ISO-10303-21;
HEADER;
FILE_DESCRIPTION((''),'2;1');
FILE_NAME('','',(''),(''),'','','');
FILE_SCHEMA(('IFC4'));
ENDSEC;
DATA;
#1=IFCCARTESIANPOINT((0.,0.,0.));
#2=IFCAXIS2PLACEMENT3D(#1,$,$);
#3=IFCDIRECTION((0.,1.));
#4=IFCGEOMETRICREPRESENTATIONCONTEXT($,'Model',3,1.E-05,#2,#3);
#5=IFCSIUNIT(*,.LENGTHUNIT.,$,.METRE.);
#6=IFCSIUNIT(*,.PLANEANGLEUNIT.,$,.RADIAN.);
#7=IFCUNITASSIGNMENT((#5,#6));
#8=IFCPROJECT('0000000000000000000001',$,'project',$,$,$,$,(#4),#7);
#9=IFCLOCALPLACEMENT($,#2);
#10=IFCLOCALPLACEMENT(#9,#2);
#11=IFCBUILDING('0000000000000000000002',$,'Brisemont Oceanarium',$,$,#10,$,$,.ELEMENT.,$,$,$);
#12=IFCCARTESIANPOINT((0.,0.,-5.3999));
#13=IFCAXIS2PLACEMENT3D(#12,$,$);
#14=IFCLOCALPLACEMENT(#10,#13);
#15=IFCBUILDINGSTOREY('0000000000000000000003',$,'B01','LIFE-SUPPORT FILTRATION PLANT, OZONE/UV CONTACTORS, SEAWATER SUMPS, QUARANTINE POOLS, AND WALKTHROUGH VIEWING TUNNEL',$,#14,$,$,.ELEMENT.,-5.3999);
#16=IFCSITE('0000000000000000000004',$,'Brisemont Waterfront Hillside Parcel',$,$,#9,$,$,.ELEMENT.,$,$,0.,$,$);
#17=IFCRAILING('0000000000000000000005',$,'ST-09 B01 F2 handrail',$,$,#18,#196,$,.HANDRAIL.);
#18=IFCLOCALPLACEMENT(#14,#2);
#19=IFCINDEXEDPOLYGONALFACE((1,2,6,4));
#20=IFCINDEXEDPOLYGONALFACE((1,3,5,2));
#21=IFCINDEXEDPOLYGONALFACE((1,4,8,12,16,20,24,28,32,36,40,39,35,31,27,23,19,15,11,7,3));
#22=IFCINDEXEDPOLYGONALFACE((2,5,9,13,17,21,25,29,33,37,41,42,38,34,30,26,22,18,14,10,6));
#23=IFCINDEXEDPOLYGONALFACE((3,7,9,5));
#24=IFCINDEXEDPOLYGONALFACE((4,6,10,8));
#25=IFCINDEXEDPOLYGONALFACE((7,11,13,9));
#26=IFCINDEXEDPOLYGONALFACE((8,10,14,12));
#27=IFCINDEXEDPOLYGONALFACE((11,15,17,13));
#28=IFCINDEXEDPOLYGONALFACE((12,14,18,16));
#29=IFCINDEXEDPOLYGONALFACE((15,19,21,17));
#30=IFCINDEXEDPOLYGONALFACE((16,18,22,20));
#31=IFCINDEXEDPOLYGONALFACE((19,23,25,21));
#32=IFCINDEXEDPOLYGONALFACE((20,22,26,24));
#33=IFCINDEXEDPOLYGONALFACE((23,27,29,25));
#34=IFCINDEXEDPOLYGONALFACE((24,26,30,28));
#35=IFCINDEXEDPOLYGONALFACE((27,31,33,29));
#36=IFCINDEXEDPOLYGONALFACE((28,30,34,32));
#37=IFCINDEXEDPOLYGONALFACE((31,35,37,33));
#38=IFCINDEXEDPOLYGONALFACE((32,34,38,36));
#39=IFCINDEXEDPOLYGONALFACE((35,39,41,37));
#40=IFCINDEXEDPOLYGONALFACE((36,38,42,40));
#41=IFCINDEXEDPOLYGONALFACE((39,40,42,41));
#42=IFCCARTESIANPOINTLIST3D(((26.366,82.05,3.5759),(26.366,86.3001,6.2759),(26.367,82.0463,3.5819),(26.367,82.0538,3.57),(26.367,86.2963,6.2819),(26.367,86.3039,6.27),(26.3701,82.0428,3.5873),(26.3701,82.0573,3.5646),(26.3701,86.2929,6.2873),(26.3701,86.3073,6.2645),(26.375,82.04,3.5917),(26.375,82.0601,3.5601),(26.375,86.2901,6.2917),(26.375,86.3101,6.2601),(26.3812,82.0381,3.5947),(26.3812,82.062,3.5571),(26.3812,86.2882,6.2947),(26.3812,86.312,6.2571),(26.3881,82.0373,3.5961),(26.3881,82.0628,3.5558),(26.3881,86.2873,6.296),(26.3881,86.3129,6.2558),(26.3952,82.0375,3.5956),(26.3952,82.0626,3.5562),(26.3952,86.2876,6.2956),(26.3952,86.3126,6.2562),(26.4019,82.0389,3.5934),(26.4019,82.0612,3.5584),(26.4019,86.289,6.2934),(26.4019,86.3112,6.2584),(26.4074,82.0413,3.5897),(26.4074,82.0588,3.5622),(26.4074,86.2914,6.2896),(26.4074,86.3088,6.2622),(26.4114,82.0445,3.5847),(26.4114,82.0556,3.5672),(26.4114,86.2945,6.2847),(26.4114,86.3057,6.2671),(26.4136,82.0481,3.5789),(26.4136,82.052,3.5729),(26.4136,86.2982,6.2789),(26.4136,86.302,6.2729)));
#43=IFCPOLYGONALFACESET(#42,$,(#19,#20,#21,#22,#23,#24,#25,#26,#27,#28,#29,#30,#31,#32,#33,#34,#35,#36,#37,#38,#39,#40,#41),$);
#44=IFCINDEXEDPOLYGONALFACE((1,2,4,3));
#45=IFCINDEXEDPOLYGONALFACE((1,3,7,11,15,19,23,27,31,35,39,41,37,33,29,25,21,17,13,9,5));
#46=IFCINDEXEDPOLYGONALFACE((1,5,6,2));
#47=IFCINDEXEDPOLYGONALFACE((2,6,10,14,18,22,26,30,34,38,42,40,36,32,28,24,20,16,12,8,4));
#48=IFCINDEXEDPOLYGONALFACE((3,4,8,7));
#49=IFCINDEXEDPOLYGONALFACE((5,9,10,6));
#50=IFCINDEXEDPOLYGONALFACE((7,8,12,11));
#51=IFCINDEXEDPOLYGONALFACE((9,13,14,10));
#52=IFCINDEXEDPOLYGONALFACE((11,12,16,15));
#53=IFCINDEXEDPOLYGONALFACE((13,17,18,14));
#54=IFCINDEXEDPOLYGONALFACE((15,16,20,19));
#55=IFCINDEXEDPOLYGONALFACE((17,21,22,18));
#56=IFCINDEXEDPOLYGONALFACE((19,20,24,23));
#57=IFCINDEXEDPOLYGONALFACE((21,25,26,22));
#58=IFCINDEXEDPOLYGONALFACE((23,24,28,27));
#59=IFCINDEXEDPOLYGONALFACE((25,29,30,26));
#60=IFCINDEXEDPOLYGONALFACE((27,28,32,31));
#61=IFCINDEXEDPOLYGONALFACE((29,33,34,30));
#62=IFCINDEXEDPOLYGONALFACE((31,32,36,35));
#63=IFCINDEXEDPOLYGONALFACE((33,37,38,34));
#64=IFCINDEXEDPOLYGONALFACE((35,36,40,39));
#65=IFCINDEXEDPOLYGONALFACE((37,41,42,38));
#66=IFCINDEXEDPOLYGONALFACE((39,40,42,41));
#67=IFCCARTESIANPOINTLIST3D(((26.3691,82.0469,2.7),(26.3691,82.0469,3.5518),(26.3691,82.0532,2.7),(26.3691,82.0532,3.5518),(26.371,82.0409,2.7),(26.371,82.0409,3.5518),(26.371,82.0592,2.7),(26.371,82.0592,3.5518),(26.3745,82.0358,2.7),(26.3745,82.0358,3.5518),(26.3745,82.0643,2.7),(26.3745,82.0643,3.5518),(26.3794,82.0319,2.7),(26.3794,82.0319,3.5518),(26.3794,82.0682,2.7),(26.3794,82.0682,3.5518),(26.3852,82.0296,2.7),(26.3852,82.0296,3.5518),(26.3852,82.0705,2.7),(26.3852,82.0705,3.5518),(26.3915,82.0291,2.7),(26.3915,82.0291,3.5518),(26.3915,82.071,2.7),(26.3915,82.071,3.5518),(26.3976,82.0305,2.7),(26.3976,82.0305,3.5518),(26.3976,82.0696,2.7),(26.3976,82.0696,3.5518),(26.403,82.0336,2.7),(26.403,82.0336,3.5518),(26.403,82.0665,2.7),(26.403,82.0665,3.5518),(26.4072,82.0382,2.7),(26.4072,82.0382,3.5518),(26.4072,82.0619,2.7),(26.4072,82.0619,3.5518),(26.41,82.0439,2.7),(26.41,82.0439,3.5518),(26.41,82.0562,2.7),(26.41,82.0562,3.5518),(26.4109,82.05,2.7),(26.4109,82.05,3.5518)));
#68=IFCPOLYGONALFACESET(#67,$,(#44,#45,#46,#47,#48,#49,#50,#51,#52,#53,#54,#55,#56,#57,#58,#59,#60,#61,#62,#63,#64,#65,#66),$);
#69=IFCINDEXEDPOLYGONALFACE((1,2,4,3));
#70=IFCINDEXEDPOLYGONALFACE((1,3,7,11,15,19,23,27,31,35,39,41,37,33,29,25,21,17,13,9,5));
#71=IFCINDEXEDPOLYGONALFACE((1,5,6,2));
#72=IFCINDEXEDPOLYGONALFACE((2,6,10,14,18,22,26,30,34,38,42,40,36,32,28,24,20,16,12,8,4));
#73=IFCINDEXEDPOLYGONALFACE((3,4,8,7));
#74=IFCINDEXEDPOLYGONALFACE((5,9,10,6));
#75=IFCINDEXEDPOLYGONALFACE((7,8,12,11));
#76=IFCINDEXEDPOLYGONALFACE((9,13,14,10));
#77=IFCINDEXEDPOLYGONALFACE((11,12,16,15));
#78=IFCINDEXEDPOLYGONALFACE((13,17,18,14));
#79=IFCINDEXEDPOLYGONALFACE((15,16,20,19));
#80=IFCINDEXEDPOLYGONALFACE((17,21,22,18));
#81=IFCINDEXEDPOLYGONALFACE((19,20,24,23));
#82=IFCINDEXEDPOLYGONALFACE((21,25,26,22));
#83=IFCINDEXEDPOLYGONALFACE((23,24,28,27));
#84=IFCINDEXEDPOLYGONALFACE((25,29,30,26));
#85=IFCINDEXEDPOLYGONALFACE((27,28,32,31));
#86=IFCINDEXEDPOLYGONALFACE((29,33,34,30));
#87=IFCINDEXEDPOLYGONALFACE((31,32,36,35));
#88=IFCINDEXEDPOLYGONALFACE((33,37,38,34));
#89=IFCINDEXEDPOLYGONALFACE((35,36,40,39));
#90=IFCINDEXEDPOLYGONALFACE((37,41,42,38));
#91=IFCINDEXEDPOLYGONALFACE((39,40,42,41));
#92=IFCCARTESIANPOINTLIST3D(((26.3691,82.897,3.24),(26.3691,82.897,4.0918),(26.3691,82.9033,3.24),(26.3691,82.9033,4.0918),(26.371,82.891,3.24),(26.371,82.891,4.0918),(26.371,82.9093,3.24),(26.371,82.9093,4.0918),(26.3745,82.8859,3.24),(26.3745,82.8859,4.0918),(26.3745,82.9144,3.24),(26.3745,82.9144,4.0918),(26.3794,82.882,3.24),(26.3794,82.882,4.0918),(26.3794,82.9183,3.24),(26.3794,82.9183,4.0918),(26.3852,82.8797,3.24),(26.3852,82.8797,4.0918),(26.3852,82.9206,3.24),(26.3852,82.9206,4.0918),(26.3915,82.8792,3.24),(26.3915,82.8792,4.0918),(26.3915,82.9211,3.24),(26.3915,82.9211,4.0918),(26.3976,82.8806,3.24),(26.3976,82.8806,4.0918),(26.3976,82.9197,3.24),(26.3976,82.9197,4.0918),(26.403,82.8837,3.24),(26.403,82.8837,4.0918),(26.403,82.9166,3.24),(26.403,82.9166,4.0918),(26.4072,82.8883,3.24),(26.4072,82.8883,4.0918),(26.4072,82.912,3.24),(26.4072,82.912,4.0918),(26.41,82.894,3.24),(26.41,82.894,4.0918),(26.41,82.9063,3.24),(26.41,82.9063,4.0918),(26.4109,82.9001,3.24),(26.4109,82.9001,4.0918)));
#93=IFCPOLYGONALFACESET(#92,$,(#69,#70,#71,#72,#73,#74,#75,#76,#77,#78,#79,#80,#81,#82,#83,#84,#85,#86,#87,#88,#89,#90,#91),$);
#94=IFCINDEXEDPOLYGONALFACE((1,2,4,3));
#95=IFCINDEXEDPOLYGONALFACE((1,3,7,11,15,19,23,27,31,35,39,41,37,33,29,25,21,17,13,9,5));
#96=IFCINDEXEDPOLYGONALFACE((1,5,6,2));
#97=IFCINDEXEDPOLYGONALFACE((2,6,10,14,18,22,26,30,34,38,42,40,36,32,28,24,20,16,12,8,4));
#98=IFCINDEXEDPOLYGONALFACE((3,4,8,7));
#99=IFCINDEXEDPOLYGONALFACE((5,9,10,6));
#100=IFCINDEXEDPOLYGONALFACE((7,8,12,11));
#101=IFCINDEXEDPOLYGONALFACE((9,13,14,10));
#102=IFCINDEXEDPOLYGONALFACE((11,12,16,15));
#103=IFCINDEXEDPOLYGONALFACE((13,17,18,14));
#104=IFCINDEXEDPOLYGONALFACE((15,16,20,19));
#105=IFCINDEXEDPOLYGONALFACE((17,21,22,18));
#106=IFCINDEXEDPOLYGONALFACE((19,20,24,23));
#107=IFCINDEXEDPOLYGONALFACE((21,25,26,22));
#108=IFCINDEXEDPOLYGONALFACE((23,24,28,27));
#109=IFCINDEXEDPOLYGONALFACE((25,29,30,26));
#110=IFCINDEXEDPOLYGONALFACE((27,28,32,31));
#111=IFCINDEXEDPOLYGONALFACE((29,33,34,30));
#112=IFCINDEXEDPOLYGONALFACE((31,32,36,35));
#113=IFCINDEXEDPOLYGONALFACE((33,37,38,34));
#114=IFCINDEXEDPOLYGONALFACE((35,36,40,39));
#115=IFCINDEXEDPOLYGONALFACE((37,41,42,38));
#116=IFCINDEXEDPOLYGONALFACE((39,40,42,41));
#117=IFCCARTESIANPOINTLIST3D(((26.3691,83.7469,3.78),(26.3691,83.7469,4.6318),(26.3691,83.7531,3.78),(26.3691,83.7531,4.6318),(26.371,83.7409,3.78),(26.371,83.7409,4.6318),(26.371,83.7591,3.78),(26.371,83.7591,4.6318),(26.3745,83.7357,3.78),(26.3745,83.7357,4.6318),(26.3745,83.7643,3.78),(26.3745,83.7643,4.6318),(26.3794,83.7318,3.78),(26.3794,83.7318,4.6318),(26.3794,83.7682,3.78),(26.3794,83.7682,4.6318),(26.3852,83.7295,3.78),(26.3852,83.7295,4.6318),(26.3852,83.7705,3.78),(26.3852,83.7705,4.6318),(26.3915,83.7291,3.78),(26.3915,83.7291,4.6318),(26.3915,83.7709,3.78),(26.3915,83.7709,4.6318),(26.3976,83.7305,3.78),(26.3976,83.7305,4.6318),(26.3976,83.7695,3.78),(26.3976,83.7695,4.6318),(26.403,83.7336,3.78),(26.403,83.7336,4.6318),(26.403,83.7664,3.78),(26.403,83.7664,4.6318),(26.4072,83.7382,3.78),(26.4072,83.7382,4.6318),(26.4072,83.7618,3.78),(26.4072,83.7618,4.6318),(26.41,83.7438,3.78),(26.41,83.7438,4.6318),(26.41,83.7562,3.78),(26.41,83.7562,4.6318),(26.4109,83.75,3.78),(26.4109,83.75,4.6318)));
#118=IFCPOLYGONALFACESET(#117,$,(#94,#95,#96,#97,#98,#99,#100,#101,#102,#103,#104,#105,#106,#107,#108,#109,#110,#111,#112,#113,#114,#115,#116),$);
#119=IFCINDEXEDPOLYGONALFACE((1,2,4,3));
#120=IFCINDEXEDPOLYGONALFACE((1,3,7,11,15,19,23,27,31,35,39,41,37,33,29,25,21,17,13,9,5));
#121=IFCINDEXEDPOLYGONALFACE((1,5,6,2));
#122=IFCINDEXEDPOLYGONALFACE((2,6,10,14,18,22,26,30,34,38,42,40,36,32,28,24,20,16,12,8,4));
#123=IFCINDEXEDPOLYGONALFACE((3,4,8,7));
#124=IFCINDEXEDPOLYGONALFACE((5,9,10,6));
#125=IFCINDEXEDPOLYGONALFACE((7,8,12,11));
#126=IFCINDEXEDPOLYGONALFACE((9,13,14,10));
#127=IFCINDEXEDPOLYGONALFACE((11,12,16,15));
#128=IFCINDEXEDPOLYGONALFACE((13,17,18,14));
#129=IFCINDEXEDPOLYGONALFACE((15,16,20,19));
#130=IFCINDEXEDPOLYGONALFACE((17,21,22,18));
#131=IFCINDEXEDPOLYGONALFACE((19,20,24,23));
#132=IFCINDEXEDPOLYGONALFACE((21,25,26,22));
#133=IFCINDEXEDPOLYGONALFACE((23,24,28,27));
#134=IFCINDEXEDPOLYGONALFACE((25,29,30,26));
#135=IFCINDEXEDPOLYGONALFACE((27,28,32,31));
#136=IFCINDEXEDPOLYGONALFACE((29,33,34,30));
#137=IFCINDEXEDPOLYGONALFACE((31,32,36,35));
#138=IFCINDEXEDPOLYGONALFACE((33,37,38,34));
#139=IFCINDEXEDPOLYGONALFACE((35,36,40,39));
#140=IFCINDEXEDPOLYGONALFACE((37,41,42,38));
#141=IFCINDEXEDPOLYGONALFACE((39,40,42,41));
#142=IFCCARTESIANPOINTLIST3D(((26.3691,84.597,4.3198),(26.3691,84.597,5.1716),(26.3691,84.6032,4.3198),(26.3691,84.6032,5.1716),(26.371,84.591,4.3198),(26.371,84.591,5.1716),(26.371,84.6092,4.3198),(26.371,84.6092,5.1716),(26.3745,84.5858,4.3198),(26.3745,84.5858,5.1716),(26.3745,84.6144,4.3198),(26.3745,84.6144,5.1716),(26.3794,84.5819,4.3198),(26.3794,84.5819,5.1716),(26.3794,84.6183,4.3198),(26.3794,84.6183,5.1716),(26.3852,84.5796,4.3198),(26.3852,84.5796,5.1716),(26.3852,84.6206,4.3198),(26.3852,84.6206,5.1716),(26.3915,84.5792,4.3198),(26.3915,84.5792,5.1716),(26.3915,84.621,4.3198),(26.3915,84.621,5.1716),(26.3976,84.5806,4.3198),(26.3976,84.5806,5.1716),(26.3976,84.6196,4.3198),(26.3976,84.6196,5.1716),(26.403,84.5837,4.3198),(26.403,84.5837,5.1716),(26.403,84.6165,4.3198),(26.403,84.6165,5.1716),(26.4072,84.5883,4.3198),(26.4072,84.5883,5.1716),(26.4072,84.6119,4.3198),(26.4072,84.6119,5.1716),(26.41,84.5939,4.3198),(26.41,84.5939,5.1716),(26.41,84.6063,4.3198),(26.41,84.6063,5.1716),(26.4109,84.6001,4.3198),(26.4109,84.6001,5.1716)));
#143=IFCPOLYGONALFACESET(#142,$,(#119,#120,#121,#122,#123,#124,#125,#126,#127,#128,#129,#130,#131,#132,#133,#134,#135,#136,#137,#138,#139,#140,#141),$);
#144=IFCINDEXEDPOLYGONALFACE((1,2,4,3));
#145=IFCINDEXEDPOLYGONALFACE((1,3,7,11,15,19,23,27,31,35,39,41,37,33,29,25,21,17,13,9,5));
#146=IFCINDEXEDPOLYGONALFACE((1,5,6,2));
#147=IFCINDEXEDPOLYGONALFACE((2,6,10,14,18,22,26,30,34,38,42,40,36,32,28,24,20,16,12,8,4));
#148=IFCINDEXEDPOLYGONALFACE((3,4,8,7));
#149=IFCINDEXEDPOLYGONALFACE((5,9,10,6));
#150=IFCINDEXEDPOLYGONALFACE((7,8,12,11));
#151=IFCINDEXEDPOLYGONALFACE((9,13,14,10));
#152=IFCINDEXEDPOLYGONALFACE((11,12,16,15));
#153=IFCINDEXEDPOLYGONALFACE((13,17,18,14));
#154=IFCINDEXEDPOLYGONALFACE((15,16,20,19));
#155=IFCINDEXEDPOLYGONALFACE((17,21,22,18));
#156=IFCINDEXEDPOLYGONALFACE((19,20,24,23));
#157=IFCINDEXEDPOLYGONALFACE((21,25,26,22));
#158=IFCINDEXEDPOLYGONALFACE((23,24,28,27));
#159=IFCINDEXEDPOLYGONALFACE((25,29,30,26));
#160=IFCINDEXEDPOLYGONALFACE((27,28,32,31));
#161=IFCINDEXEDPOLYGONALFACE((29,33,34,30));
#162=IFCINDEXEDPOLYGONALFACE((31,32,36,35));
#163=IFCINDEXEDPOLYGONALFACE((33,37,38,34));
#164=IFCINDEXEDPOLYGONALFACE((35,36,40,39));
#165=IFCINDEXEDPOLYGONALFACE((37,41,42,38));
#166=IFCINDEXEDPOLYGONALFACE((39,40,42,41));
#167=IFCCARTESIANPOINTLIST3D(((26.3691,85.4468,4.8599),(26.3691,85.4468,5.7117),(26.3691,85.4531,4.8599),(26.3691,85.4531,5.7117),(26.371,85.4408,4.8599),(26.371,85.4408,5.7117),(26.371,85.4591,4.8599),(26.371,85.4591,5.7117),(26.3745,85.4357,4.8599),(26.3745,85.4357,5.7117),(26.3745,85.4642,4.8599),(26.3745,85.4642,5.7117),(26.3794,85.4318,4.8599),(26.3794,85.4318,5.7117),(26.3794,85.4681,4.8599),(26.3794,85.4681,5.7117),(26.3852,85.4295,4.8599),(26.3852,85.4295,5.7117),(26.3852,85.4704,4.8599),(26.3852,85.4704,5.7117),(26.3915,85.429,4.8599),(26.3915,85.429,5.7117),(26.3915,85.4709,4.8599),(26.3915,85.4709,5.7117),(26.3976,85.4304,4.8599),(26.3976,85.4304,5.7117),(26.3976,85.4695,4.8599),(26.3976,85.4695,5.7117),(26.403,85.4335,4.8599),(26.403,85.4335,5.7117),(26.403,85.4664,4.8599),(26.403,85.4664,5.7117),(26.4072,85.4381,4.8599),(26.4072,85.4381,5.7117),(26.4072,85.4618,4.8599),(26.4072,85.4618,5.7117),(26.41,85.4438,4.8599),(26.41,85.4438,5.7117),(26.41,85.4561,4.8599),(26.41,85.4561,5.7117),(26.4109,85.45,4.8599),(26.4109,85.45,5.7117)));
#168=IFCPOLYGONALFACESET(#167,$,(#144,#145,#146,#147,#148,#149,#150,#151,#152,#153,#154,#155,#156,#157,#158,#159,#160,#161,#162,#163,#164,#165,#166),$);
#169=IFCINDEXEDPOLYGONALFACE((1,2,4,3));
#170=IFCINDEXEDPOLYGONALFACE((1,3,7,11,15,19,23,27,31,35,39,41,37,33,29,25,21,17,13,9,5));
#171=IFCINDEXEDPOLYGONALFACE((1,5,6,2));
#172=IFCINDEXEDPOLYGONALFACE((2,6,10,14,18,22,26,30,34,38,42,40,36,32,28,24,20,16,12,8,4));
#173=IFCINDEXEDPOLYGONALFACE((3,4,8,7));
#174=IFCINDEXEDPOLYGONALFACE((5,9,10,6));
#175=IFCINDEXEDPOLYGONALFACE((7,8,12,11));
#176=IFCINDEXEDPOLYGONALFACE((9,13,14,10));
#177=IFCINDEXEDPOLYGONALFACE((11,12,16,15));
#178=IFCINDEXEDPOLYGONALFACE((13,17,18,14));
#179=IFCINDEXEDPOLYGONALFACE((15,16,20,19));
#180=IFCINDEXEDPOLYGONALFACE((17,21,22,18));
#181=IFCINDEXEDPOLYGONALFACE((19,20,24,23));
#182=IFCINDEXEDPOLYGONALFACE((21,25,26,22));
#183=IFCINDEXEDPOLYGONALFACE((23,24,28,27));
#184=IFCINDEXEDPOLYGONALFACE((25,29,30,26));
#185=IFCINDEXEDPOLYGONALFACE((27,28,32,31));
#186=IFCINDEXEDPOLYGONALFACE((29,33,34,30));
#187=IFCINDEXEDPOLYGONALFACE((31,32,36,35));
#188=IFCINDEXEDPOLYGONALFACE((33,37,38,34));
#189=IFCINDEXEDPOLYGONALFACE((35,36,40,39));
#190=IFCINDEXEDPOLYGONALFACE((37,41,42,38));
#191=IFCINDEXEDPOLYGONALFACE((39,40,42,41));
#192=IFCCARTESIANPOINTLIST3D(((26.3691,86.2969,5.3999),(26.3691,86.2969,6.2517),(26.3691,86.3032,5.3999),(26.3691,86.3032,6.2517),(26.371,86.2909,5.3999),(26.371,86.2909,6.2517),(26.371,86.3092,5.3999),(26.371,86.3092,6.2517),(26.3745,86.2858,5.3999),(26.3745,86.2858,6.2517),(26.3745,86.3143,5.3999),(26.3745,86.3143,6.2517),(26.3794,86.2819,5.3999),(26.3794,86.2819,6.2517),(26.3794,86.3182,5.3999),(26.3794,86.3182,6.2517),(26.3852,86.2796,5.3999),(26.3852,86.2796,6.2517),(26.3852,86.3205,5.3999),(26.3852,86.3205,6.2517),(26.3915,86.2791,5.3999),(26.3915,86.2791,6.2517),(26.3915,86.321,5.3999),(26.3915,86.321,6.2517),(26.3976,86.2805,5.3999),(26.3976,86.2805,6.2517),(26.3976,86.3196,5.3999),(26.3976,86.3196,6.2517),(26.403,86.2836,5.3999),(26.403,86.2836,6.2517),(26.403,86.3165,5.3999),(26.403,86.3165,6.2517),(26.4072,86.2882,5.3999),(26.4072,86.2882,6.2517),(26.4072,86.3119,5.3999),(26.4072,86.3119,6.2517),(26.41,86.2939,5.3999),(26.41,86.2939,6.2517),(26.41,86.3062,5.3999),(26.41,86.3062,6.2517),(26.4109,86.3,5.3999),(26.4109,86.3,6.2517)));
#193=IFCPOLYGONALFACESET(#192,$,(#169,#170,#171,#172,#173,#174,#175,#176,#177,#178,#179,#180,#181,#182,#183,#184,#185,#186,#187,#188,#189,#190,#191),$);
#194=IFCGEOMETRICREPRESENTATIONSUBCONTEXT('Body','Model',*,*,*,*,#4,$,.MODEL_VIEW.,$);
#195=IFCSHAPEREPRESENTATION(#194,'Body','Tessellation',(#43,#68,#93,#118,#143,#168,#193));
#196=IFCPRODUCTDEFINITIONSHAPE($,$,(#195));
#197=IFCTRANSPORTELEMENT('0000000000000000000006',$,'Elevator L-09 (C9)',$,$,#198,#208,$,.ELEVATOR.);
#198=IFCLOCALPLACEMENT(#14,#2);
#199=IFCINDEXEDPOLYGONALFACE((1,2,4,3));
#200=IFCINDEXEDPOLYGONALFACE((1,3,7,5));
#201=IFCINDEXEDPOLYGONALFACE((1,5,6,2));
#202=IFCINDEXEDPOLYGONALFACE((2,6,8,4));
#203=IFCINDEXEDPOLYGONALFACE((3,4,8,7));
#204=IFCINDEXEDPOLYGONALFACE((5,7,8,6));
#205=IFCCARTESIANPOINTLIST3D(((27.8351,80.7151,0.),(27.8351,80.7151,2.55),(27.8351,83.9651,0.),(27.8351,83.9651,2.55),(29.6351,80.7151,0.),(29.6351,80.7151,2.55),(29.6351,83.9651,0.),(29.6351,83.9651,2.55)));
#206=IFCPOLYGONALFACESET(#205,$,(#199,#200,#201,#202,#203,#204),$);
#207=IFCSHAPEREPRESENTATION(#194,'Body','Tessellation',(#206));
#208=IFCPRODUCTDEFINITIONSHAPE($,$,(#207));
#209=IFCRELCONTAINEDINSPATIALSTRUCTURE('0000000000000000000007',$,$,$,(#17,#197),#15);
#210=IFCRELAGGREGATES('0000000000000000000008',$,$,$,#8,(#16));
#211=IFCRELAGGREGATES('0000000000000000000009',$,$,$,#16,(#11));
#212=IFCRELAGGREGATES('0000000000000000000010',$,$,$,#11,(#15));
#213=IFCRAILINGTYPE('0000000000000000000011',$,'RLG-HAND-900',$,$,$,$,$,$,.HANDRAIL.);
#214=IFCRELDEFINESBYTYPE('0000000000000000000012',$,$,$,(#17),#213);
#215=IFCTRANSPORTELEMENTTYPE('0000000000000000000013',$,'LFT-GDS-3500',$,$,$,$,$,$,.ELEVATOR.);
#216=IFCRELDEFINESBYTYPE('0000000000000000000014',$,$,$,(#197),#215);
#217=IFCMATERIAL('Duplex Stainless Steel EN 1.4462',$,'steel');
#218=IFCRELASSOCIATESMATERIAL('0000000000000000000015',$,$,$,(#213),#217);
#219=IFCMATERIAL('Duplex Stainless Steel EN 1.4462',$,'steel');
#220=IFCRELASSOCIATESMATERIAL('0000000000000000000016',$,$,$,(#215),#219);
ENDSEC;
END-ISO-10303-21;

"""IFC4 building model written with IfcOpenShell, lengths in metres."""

from ifc_helpers import new_model, si_unit, direction, frame, origin, origin_2d, place, context, subcontext, project, spatial, rectangle, circle, extrude, material, type_object, element, save


model = new_model("IFC4")

# Units and contexts
model_context = context("Model", 3, precision=1e-05, world=origin(), true_north=direction((0.0, 1.0)))
body_context = subcontext(model_context, "Body", "Model", "MODEL_VIEW")
ifc_project = project(units=[si_unit("LENGTHUNIT", "METRE"), si_unit("PLANEANGLEUNIT", "RADIAN")], contexts=[model_context])

# Site, building, storey
site_placement = place(None, origin())
site = spatial("IfcSite", under=ifc_project, at=site_placement, Name="Brisemont Waterfront Hillside Parcel", CompositionType="ELEMENT", RefElevation=0.0)
building_placement = place(site_placement, origin())
building = spatial("IfcBuilding", under=site, at=building_placement, Name="Brisemont Oceanarium", CompositionType="ELEMENT")
storey_placement = place(building_placement, frame((0.0, 0.0, -5.3999)))
storey = spatial("IfcBuildingStorey", under=building, at=storey_placement, Name="B01", Description="LIFE-SUPPORT FILTRATION PLANT, OZONE/UV CONTACTORS, SEAWATER SUMPS, QUARANTINE POOLS, AND WALKTHROUGH VIEWING TUNNEL", CompositionType="ELEMENT", Elevation=-5.3999)

# Railing
ifc_material_1 = material(Name="Duplex Stainless Steel EN 1.4462", Category="steel")
railing_type_1 = type_object("IfcRailingType", Name="RLG-HAND-900", PredefinedType="HANDRAIL", material=ifc_material_1)
railing_1_placement = place(storey_placement, frame((26.3899, 82.05, 2.7)))
element("IfcRailing", 1, at=railing_1_placement, inside=storey, type_object=railing_type_1, Name="ST-09 B01 F2 handrail", PredefinedType="HANDRAIL", context=body_context, shape_type="SweptSolid", body=[
    extrude(circle(Radius=0.0239, at=origin_2d()), frame((0.0, 0.0, 0.876), z_axis=(0.0, 0.844075, 0.536226), x_axis=(-1.0, 0.0, 0.0)), (0.0, 0.0, 1.0), 5.0352),
    extrude(circle(Radius=0.021, at=origin_2d()), origin(), (0.0, 0.0, 1.0), 0.8518),
    extrude(circle(Radius=0.021, at=origin_2d()), frame((0.0, 0.8501, 0.54)), (0.0, 0.0, 1.0), 0.8518),
    extrude(circle(Radius=0.021, at=origin_2d()), frame((0.0, 1.7, 1.0801)), (0.0, 0.0, 1.0), 0.8518),
    extrude(circle(Radius=0.021, at=origin_2d()), frame((0.0, 2.55, 1.6199)), (0.0, 0.0, 1.0), 0.8518),
    extrude(circle(Radius=0.021, at=origin_2d()), frame((0.0, 3.3999, 2.1599)), (0.0, 0.0, 1.0), 0.8518),
    extrude(circle(Radius=0.021, at=origin_2d()), frame((0.0, 4.25, 2.7)), (0.0, 0.0, 1.0), 0.8518),
])

# Transport element
ifc_material_2 = material(Name="Duplex Stainless Steel EN 1.4462", Category="steel")
transport_element_type = type_object("IfcTransportElementType", Name="LFT-GDS-3500", PredefinedType="ELEVATOR", material=ifc_material_2)
transport_element_placement = place(storey_placement, frame((28.7351, 82.3401, 0.0), z_axis=(0.0, 0.0, 1.0), x_axis=(1.0, 0.0, 0.0)))
element("IfcTransportElement", 2, at=transport_element_placement, inside=storey, type_object=transport_element_type, Name="Elevator L-09 (C9)", PredefinedType="ELEVATOR", context=body_context, shape_type="SweptSolid", body=[
    extrude(rectangle(XDim=1.8, YDim=3.25, at=origin_2d()), origin(), (0.0, 0.0, 1.0), 2.55),
])

save(model, "model.ifc")
